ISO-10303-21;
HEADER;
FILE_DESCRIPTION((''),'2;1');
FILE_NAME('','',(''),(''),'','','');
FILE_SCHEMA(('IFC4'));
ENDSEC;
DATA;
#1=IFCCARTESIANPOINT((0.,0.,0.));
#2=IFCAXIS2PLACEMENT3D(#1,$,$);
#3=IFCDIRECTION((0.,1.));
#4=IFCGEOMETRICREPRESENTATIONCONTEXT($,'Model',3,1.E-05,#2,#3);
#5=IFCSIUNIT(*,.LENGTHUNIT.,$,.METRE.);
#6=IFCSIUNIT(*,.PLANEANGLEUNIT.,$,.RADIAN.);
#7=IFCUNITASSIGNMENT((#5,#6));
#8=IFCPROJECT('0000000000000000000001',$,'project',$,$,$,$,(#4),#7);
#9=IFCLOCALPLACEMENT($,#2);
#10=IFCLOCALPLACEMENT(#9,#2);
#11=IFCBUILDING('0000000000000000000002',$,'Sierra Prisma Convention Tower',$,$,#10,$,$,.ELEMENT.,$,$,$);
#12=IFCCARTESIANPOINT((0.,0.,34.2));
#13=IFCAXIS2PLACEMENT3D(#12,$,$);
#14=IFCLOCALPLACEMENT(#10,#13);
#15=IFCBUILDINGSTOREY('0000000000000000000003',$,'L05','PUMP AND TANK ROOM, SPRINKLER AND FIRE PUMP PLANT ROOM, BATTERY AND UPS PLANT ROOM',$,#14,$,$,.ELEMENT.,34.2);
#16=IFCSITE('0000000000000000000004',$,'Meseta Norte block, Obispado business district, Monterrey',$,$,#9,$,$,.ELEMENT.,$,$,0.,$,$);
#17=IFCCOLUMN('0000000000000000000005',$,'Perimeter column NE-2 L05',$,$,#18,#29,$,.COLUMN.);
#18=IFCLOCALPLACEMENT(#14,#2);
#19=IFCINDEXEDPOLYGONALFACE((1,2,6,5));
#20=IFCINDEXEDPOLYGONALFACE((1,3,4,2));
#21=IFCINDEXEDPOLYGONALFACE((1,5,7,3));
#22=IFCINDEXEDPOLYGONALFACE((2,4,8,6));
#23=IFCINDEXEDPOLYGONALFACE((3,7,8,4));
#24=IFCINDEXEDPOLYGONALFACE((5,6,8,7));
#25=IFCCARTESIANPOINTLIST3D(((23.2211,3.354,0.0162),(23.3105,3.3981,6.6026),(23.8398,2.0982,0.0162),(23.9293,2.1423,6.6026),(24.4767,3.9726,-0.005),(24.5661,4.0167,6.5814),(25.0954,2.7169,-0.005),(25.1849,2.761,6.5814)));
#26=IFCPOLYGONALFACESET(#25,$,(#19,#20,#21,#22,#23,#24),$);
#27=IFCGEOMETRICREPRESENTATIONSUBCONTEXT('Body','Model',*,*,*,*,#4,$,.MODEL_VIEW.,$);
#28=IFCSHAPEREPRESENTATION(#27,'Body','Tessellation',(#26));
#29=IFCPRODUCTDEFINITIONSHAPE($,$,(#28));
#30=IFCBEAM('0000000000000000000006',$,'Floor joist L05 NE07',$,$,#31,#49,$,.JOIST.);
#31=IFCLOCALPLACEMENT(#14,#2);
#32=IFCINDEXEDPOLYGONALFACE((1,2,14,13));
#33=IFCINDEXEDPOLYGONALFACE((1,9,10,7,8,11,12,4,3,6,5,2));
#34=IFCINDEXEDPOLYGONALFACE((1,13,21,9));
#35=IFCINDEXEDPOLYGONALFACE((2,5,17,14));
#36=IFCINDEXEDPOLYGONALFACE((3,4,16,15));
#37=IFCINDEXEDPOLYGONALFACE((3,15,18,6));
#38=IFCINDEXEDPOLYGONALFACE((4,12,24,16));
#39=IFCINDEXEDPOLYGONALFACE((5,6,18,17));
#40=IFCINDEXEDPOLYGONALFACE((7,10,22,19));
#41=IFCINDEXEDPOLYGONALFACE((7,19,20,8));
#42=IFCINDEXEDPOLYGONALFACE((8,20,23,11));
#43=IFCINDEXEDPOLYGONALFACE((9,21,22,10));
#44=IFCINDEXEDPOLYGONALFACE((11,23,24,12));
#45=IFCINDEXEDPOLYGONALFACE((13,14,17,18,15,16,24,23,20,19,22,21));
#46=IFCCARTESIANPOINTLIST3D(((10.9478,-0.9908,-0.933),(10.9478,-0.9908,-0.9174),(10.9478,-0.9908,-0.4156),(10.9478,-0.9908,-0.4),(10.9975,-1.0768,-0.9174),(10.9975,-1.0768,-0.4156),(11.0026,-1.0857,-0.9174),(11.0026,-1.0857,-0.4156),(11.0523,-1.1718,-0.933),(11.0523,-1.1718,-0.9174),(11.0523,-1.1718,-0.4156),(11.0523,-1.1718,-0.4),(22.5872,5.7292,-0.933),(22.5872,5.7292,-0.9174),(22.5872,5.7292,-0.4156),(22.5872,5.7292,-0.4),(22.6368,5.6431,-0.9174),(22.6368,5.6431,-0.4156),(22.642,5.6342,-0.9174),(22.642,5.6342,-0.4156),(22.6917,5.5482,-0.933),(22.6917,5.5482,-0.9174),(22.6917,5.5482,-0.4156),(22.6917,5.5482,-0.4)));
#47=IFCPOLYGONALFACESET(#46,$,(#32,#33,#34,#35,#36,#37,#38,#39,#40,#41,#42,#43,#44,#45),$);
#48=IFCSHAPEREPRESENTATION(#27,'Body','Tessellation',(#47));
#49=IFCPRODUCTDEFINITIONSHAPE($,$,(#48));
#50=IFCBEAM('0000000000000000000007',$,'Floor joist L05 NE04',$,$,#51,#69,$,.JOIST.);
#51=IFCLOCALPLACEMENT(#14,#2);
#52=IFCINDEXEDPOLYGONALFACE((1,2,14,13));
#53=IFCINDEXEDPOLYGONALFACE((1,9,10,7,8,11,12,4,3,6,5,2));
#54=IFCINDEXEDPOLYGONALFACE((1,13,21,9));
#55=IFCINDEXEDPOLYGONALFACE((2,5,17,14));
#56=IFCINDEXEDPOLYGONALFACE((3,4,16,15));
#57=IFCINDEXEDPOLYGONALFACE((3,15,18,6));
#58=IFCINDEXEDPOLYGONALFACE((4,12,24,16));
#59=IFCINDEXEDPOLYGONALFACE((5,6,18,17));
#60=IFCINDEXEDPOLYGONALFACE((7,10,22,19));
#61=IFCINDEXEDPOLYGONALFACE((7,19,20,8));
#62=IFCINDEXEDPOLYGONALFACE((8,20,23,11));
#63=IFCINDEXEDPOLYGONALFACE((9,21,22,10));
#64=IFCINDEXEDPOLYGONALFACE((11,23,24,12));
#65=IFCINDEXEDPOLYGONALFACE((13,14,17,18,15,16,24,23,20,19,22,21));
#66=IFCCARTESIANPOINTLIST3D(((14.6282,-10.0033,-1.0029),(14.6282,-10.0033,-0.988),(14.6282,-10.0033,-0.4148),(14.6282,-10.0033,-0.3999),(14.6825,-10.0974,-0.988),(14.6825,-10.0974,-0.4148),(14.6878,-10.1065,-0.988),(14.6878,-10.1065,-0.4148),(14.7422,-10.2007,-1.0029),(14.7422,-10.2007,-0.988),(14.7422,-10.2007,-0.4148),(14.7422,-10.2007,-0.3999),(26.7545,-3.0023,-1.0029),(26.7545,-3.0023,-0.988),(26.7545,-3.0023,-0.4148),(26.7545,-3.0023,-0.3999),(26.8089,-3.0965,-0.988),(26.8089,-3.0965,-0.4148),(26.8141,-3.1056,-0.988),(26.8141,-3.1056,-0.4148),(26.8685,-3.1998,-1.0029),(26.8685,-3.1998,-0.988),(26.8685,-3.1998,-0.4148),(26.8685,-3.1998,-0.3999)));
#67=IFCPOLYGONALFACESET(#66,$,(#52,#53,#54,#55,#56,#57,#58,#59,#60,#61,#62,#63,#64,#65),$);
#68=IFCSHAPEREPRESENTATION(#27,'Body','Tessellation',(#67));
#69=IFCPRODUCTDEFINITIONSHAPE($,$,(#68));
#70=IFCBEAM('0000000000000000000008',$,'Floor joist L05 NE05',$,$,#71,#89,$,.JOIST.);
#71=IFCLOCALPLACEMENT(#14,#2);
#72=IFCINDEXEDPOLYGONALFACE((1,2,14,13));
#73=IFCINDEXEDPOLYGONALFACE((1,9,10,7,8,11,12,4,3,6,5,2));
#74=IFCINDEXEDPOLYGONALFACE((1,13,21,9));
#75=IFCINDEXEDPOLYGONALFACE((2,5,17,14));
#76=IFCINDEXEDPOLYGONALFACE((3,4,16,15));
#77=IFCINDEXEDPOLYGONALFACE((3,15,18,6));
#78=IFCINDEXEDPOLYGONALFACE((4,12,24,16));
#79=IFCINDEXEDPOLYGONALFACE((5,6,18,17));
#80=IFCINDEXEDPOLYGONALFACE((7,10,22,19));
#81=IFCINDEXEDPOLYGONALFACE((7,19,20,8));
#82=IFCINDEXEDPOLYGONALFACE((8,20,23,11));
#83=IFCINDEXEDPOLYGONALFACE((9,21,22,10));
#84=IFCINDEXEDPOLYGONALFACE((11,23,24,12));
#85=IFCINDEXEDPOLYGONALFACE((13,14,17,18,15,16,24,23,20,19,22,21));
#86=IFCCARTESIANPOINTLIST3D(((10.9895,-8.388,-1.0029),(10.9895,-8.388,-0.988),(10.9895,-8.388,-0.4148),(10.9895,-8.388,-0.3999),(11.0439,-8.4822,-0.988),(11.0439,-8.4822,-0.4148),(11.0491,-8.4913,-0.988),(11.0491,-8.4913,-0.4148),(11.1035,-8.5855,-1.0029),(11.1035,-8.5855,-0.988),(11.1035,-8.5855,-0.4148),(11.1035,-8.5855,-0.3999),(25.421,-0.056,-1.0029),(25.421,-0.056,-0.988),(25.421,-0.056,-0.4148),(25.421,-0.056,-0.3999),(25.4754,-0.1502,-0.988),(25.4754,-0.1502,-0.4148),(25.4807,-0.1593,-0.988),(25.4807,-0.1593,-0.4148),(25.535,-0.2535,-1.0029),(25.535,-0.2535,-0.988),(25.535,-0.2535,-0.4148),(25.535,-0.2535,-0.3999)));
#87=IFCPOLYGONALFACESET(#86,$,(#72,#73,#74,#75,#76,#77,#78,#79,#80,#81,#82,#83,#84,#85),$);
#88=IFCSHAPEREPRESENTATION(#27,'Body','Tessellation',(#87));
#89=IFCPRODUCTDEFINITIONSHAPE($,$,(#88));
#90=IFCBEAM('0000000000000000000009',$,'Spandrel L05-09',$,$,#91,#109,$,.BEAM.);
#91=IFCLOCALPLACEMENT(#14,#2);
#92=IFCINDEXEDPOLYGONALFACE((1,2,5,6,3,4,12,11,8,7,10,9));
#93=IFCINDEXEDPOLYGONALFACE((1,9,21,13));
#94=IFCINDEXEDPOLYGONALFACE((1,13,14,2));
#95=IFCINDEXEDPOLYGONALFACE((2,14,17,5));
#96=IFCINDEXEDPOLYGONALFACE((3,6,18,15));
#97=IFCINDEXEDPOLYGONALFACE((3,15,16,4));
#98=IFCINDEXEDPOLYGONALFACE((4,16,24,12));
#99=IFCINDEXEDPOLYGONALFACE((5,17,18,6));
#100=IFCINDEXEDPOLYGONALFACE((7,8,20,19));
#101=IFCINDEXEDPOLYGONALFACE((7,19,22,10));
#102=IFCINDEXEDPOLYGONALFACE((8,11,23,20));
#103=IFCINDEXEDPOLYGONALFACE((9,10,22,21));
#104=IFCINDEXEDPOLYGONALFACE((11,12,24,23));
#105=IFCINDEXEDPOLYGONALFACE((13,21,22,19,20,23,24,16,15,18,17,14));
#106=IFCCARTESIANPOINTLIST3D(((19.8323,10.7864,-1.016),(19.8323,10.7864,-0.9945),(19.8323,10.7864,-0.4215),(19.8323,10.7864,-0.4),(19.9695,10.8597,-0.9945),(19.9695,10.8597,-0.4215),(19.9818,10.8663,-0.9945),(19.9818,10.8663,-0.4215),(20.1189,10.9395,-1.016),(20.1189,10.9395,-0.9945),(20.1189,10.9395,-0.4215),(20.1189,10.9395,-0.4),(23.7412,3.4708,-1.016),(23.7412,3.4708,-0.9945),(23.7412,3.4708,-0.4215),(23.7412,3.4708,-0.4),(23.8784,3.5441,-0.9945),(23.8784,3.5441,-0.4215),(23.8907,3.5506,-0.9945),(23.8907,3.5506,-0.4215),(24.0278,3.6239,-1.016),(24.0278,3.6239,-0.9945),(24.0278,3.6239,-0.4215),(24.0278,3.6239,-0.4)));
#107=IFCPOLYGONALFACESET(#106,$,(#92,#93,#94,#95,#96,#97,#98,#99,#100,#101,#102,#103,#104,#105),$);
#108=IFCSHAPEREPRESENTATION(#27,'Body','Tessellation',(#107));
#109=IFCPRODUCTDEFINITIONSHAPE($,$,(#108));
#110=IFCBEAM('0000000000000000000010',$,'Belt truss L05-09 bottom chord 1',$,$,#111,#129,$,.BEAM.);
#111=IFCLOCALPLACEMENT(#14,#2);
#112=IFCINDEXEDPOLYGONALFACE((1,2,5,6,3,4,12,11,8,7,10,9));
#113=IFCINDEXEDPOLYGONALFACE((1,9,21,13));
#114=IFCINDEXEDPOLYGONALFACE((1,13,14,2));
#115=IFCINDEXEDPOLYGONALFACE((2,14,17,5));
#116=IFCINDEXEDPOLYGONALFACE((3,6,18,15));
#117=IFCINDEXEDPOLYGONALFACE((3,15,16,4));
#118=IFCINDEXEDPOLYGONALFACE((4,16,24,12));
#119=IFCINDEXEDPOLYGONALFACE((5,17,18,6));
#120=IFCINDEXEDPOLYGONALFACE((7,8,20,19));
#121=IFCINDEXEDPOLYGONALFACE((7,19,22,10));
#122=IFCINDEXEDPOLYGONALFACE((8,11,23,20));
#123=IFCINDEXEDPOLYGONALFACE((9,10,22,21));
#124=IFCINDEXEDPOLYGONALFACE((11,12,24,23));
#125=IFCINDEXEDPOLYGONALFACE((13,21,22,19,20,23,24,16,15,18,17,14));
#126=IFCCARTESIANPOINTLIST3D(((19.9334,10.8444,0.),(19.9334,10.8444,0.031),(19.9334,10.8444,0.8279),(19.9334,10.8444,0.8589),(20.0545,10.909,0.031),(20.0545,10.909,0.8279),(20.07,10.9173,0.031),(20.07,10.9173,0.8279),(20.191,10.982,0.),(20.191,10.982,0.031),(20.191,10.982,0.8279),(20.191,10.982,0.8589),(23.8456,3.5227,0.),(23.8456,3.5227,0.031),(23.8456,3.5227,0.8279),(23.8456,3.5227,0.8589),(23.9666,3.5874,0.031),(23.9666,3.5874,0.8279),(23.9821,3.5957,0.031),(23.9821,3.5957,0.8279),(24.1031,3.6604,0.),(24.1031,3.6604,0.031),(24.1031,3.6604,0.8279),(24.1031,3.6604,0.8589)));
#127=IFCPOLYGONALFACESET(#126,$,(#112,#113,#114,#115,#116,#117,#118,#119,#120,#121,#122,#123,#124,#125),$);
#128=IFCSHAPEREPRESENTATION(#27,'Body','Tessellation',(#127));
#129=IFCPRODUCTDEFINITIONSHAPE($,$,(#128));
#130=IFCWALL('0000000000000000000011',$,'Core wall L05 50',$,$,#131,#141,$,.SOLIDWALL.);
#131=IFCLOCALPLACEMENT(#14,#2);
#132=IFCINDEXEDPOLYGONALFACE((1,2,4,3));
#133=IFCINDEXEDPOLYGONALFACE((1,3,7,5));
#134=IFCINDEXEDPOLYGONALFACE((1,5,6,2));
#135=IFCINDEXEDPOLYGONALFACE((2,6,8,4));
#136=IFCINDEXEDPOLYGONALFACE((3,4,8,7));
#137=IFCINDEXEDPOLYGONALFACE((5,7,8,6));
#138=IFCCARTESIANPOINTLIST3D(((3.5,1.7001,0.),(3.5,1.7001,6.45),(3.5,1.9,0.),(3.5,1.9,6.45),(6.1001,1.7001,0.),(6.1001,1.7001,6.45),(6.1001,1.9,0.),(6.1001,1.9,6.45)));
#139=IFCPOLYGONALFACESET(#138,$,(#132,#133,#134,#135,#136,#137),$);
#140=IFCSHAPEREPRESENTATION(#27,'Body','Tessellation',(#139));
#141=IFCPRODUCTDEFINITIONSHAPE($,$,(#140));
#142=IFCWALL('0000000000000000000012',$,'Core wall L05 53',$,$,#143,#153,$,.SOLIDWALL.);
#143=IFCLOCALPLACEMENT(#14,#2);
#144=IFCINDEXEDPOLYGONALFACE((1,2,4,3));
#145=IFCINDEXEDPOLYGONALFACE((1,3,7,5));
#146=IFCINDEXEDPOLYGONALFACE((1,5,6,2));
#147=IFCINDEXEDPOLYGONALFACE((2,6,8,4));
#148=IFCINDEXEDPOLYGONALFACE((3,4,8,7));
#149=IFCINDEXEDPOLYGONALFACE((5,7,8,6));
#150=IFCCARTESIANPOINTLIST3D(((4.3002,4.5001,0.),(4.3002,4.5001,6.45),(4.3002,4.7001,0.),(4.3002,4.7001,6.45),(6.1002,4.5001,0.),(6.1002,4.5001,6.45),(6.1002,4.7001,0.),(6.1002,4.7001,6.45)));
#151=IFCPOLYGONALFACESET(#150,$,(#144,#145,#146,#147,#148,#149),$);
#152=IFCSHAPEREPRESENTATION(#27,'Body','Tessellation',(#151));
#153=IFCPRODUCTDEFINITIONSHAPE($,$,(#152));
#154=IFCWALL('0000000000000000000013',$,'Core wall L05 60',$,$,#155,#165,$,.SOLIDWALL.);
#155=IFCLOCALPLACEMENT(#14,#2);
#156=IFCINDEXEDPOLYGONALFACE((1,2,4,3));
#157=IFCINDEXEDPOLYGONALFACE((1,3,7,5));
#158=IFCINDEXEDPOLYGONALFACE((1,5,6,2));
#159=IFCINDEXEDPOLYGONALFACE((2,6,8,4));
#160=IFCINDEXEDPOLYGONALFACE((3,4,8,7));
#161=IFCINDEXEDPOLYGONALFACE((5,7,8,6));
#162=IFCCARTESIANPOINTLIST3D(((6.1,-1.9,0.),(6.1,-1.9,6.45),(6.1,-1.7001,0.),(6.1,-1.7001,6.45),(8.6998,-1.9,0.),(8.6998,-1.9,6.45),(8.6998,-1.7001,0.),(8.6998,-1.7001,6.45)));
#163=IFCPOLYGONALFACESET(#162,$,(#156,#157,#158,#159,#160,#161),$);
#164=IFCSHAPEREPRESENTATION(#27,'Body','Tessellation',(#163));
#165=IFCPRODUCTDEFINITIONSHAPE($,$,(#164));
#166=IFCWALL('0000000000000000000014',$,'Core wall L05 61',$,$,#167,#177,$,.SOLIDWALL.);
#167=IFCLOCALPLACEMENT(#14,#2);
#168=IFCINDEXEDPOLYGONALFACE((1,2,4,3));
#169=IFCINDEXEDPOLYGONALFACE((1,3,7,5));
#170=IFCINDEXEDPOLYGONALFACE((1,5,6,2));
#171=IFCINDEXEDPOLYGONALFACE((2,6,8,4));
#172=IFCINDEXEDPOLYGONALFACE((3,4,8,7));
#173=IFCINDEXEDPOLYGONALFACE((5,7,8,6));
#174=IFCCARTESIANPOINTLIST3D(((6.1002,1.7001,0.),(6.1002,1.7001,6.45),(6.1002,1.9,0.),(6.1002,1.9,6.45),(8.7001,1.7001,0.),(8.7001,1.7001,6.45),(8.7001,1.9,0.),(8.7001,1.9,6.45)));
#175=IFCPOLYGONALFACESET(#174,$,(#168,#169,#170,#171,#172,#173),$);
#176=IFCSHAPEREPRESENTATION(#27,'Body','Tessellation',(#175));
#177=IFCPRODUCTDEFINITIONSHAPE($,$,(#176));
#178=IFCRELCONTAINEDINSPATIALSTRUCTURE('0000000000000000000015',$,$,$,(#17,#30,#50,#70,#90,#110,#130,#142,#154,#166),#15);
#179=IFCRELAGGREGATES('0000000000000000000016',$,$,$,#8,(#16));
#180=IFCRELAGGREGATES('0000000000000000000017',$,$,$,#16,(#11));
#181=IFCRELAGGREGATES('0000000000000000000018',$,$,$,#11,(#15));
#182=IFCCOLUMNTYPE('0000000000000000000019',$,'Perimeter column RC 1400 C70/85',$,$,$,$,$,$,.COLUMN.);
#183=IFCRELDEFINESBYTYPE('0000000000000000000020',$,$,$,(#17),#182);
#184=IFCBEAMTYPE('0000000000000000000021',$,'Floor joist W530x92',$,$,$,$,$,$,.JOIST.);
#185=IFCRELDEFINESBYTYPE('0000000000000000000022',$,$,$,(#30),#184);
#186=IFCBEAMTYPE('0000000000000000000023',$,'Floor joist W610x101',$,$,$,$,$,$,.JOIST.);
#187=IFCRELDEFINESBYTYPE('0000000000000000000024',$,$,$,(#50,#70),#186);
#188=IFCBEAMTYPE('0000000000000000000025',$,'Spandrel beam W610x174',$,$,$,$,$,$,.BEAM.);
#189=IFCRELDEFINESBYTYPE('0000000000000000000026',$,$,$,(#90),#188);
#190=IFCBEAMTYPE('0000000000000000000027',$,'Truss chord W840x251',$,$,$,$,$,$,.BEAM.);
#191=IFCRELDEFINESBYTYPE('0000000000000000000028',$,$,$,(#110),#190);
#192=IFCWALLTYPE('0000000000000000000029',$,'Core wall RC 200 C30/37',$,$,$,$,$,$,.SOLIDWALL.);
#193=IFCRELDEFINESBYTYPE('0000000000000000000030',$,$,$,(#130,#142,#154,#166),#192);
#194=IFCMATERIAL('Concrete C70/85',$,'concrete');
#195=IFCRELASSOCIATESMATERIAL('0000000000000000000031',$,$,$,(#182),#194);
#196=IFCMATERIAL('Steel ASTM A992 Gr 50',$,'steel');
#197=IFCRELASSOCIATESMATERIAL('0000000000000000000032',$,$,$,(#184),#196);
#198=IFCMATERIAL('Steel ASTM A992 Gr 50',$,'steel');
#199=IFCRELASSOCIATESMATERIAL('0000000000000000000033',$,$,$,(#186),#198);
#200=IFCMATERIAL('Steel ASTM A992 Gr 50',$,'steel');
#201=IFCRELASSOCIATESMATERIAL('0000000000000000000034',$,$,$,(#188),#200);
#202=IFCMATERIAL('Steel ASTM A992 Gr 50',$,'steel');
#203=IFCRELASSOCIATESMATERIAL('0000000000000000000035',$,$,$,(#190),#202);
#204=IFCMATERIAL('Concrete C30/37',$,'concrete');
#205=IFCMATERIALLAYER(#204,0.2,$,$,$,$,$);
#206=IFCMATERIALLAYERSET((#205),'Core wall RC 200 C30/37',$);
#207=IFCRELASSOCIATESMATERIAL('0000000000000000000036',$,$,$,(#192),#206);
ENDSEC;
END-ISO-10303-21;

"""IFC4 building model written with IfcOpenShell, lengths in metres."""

from ifc_helpers import new_model, si_unit, direction, frame, frame_2d, origin, origin_2d, place, context, subcontext, project, spatial, rectangle, i_section, extrude, clip, halfspace, material, layer, layer_set, material_profile, profile_set, type_object, element, save


model = new_model("IFC4")

# Units and contexts
model_context = context("Model", 3, precision=1e-05, world=origin(), true_north=direction((0.0, 1.0)))
body_context = subcontext(model_context, "Body", "Model", "MODEL_VIEW")
ifc_project = project(units=[si_unit("LENGTHUNIT", "METRE"), si_unit("PLANEANGLEUNIT", "RADIAN")], contexts=[model_context])

# Site, building, storey
site_placement = place(None, origin())
site = spatial("IfcSite", under=ifc_project, at=site_placement, Name="Meseta Norte block, Obispado business district, Monterrey", CompositionType="ELEMENT", RefElevation=0.0)
building_placement = place(site_placement, origin())
building = spatial("IfcBuilding", under=site, at=building_placement, Name="Sierra Prisma Convention Tower", CompositionType="ELEMENT")
storey_placement = place(building_placement, frame((0.0, 0.0, 34.2)))
storey = spatial("IfcBuildingStorey", under=building, at=storey_placement, Name="L05", Description="PUMP AND TANK ROOM, SPRINKLER AND FIRE PUMP PLANT ROOM, BATTERY AND UPS PLANT ROOM", CompositionType="ELEMENT", Elevation=34.2)

# Column
ifc_material_1 = material(Name="Concrete C70/85", Category="concrete")
ifc_material_profile_1 = material_profile(ifc_material_1, rectangle(XDim=1.3999, YDim=1.3999, at=origin_2d()), Name="Perimeter column RC 1400 C70/85")
ifc_profile_set_1 = profile_set([ifc_material_profile_1], Name="Concrete C70/85")
column_type = type_object("IfcColumnType", Name="Perimeter column RC 1400 C70/85", PredefinedType="COLUMN", material=ifc_profile_set_1)
column_placement = place(storey_placement, frame((24.1582, 3.0354, 0.0), z_axis=(0.013574, 0.006695, 0.999885), x_axis=(-0.441982, 0.897024, -0.000006)))
element("IfcColumn", 1, at=column_placement, inside=storey, type_object=column_type, Name="Perimeter column NE-2 L05", PredefinedType="COLUMN", context=body_context, shape_type="SweptSolid", body=[
    clip(clip(extrude(rectangle(XDim=1.3999, YDim=1.3999, at=origin_2d()), origin(), (0.0, 0.0, 1.0), 6.6008), halfspace(frame((0.0, 0.0, 0.0056)), True)), halfspace(frame((0.0, 0.0, 6.5928)), False)),
])

# Beams
ifc_material_2 = material(Name="Steel ASTM A992 Gr 50", Category="steel")
ifc_material_profile_2 = material_profile(ifc_material_2, i_section(OverallWidth=0.209, OverallDepth=0.533, WebThickness=0.0103, FlangeThickness=0.0156, at=origin_2d()), Name="W530x92")
ifc_profile_set_2 = profile_set([ifc_material_profile_2], Name="Steel ASTM A992 Gr 50")
beam_type_1 = type_object("IfcBeamType", Name="Floor joist W530x92", PredefinedType="JOIST", material=ifc_profile_set_2)
beam_1_placement = place(storey_placement, frame((22.6394, 5.6387, -0.6665), z_axis=(-0.866027, -0.499998, 0.0), x_axis=(0.499998, -0.866027, 0.0)))
element("IfcBeam", 2, at=beam_1_placement, inside=storey, type_object=beam_type_1, Name="Floor joist L05 NE07", PredefinedType="JOIST", context=body_context, shape_type="SweptSolid", body=[
    extrude(i_section(OverallWidth=0.209, OverallDepth=0.533, WebThickness=0.0103, FlangeThickness=0.0156, at=origin_2d()), origin(), (0.0, 0.0, 1.0), 13.4399),
])
ifc_material_3 = material(Name="Steel ASTM A992 Gr 50", Category="steel")
ifc_material_profile_3 = material_profile(ifc_material_3, i_section(OverallWidth=0.228, OverallDepth=0.603, WebThickness=0.0105, FlangeThickness=0.0149, at=origin_2d()), Name="W610x101")
ifc_profile_set_3 = profile_set([ifc_material_profile_3], Name="Steel ASTM A992 Gr 50")
beam_type_2 = type_object("IfcBeamType", Name="Floor joist W610x101", PredefinedType="JOIST", material=ifc_profile_set_3)
beam_2_placement = place(storey_placement, frame((26.8115, -3.1011, -0.7014), z_axis=(-0.866033, -0.499987, 0.0), x_axis=(0.499987, -0.866033, 0.0)))
element("IfcBeam", 3, at=beam_2_placement, inside=storey, type_object=beam_type_2, Name="Floor joist L05 NE04", PredefinedType="JOIST", context=body_context, shape_type="SweptSolid", body=[
    extrude(i_section(OverallWidth=0.228, OverallDepth=0.603, WebThickness=0.0105, FlangeThickness=0.0149, at=origin_2d()), origin(), (0.0, 0.0, 1.0), 14.0022),
])
beam_3_placement = place(storey_placement, frame((25.478, -0.1548, -0.7014), z_axis=(-0.866027, -0.499996, 0.0), x_axis=(0.499996, -0.866027, 0.0)))
element("IfcBeam", 4, at=beam_3_placement, inside=storey, type_object=beam_type_2, Name="Floor joist L05 NE05", PredefinedType="JOIST", context=body_context, shape_type="SweptSolid", body=[
    extrude(i_section(OverallWidth=0.228, OverallDepth=0.603, WebThickness=0.0105, FlangeThickness=0.0149, at=origin_2d()), origin(), (0.0, 0.0, 1.0), 16.6641),
])
ifc_material_4 = material(Name="Steel ASTM A992 Gr 50", Category="steel")
ifc_material_profile_4 = material_profile(ifc_material_4, i_section(OverallWidth=0.325, OverallDepth=0.616, WebThickness=0.0139, FlangeThickness=0.0215, at=origin_2d()), Name="W610x174")
ifc_profile_set_4 = profile_set([ifc_material_profile_4], Name="Steel ASTM A992 Gr 50")
beam_type_3 = type_object("IfcBeamType", Name="Spandrel beam W610x174", PredefinedType="BEAM", material=ifc_profile_set_4)
beam_4_placement = place(storey_placement, frame((23.8845, 3.5474, -0.708), z_axis=(-0.471268, 0.88199, 0.0), x_axis=(-0.88199, -0.471268, 0.0)))
element("IfcBeam", 5, at=beam_4_placement, inside=storey, type_object=beam_type_3, Name="Spandrel L05-09", PredefinedType="BEAM", context=body_context, shape_type="SweptSolid", body=[
    extrude(i_section(OverallWidth=0.325, OverallDepth=0.616, WebThickness=0.0139, FlangeThickness=0.0215, at=origin_2d()), origin(), (0.0, 0.0, 1.0), 8.2944),
])
ifc_material_5 = material(Name="Steel ASTM A992 Gr 50", Category="steel")
ifc_material_profile_5 = material_profile(ifc_material_5, i_section(OverallWidth=0.292, OverallDepth=0.8589, WebThickness=0.0176, FlangeThickness=0.031, at=origin_2d()), Name="W840x251")
ifc_profile_set_5 = profile_set([ifc_material_profile_5], Name="Steel ASTM A992 Gr 50")
beam_type_4 = type_object("IfcBeamType", Name="Truss chord W840x251", PredefinedType="BEAM", material=ifc_profile_set_5)
beam_5_placement = place(storey_placement, frame((23.9744, 3.5916, 0.4294), z_axis=(-0.471272, 0.881988, 0.0), x_axis=(-0.881988, -0.471272, 0.0)))
element("IfcBeam", 6, at=beam_5_placement, inside=storey, type_object=beam_type_4, Name="Belt truss L05-09 bottom chord 1", PredefinedType="BEAM", context=body_context, shape_type="SweptSolid", body=[
    extrude(i_section(OverallWidth=0.292, OverallDepth=0.8589, WebThickness=0.0176, FlangeThickness=0.031, at=origin_2d()), origin(), (0.0, 0.0, 1.0), 8.3013),
])

# Walls
ifc_material_6 = material(Name="Concrete C30/37", Category="concrete")
ifc_layer_1 = layer(ifc_material_6, 0.2)
ifc_layer_set_1 = layer_set([ifc_layer_1], Name="Core wall RC 200 C30/37")
wall_type_1 = type_object("IfcWallType", Name="Core wall RC 200 C30/37", PredefinedType="SOLIDWALL", material=ifc_layer_set_1)
wall_1_placement = place(storey_placement, frame((6.1001, 1.8, 0.0), z_axis=(0.0, 0.0, 1.0), x_axis=(-1.0, 0.0, 0.0)))
element("IfcWall", 7, at=wall_1_placement, inside=storey, type_object=wall_type_1, Name="Core wall L05 50", PredefinedType="SOLIDWALL", context=body_context, shape_type="SweptSolid", body=[
    extrude(rectangle(XDim=2.6001, YDim=0.2, at=frame_2d((1.3, 0.0))), origin(), (0.0, 0.0, 1.0), 6.45),
])
wall_2_placement = place(storey_placement, frame((6.1001, 4.6001, 0.0), z_axis=(0.0, 0.0, 1.0), x_axis=(-1.0, 0.0, 0.0)))
element("IfcWall", 8, at=wall_2_placement, inside=storey, type_object=wall_type_1, Name="Core wall L05 53", PredefinedType="SOLIDWALL", context=body_context, shape_type="SweptSolid", body=[
    extrude(rectangle(XDim=1.8, YDim=0.2, at=frame_2d((0.8999, 0.0))), origin(), (0.0, 0.0, 1.0), 6.45),
])
for number, where, z_axis, x_axis, name in (
    (9, (6.1001, -1.8, 0.0), (0.0, 0.0, 1.0), (1.0, 0.0, 0.0), "Core wall L05 60"),
    (10, (8.7, 1.8, 0.0), (0.0, 0.0, 1.0), (-1.0, 0.0, 0.0), "Core wall L05 61"),
):
    element("IfcWall", number, at=place(storey_placement, frame(where, z_axis=z_axis, x_axis=x_axis)), inside=storey, type_object=wall_type_1, Name=name, PredefinedType="SOLIDWALL", context=body_context, shape_type="SweptSolid", body=[
        extrude(rectangle(XDim=2.5999, YDim=0.2, at=frame_2d((1.2998, 0.0))), origin(), (0.0, 0.0, 1.0), 6.45),
    ])

save(model, "model.ifc")
